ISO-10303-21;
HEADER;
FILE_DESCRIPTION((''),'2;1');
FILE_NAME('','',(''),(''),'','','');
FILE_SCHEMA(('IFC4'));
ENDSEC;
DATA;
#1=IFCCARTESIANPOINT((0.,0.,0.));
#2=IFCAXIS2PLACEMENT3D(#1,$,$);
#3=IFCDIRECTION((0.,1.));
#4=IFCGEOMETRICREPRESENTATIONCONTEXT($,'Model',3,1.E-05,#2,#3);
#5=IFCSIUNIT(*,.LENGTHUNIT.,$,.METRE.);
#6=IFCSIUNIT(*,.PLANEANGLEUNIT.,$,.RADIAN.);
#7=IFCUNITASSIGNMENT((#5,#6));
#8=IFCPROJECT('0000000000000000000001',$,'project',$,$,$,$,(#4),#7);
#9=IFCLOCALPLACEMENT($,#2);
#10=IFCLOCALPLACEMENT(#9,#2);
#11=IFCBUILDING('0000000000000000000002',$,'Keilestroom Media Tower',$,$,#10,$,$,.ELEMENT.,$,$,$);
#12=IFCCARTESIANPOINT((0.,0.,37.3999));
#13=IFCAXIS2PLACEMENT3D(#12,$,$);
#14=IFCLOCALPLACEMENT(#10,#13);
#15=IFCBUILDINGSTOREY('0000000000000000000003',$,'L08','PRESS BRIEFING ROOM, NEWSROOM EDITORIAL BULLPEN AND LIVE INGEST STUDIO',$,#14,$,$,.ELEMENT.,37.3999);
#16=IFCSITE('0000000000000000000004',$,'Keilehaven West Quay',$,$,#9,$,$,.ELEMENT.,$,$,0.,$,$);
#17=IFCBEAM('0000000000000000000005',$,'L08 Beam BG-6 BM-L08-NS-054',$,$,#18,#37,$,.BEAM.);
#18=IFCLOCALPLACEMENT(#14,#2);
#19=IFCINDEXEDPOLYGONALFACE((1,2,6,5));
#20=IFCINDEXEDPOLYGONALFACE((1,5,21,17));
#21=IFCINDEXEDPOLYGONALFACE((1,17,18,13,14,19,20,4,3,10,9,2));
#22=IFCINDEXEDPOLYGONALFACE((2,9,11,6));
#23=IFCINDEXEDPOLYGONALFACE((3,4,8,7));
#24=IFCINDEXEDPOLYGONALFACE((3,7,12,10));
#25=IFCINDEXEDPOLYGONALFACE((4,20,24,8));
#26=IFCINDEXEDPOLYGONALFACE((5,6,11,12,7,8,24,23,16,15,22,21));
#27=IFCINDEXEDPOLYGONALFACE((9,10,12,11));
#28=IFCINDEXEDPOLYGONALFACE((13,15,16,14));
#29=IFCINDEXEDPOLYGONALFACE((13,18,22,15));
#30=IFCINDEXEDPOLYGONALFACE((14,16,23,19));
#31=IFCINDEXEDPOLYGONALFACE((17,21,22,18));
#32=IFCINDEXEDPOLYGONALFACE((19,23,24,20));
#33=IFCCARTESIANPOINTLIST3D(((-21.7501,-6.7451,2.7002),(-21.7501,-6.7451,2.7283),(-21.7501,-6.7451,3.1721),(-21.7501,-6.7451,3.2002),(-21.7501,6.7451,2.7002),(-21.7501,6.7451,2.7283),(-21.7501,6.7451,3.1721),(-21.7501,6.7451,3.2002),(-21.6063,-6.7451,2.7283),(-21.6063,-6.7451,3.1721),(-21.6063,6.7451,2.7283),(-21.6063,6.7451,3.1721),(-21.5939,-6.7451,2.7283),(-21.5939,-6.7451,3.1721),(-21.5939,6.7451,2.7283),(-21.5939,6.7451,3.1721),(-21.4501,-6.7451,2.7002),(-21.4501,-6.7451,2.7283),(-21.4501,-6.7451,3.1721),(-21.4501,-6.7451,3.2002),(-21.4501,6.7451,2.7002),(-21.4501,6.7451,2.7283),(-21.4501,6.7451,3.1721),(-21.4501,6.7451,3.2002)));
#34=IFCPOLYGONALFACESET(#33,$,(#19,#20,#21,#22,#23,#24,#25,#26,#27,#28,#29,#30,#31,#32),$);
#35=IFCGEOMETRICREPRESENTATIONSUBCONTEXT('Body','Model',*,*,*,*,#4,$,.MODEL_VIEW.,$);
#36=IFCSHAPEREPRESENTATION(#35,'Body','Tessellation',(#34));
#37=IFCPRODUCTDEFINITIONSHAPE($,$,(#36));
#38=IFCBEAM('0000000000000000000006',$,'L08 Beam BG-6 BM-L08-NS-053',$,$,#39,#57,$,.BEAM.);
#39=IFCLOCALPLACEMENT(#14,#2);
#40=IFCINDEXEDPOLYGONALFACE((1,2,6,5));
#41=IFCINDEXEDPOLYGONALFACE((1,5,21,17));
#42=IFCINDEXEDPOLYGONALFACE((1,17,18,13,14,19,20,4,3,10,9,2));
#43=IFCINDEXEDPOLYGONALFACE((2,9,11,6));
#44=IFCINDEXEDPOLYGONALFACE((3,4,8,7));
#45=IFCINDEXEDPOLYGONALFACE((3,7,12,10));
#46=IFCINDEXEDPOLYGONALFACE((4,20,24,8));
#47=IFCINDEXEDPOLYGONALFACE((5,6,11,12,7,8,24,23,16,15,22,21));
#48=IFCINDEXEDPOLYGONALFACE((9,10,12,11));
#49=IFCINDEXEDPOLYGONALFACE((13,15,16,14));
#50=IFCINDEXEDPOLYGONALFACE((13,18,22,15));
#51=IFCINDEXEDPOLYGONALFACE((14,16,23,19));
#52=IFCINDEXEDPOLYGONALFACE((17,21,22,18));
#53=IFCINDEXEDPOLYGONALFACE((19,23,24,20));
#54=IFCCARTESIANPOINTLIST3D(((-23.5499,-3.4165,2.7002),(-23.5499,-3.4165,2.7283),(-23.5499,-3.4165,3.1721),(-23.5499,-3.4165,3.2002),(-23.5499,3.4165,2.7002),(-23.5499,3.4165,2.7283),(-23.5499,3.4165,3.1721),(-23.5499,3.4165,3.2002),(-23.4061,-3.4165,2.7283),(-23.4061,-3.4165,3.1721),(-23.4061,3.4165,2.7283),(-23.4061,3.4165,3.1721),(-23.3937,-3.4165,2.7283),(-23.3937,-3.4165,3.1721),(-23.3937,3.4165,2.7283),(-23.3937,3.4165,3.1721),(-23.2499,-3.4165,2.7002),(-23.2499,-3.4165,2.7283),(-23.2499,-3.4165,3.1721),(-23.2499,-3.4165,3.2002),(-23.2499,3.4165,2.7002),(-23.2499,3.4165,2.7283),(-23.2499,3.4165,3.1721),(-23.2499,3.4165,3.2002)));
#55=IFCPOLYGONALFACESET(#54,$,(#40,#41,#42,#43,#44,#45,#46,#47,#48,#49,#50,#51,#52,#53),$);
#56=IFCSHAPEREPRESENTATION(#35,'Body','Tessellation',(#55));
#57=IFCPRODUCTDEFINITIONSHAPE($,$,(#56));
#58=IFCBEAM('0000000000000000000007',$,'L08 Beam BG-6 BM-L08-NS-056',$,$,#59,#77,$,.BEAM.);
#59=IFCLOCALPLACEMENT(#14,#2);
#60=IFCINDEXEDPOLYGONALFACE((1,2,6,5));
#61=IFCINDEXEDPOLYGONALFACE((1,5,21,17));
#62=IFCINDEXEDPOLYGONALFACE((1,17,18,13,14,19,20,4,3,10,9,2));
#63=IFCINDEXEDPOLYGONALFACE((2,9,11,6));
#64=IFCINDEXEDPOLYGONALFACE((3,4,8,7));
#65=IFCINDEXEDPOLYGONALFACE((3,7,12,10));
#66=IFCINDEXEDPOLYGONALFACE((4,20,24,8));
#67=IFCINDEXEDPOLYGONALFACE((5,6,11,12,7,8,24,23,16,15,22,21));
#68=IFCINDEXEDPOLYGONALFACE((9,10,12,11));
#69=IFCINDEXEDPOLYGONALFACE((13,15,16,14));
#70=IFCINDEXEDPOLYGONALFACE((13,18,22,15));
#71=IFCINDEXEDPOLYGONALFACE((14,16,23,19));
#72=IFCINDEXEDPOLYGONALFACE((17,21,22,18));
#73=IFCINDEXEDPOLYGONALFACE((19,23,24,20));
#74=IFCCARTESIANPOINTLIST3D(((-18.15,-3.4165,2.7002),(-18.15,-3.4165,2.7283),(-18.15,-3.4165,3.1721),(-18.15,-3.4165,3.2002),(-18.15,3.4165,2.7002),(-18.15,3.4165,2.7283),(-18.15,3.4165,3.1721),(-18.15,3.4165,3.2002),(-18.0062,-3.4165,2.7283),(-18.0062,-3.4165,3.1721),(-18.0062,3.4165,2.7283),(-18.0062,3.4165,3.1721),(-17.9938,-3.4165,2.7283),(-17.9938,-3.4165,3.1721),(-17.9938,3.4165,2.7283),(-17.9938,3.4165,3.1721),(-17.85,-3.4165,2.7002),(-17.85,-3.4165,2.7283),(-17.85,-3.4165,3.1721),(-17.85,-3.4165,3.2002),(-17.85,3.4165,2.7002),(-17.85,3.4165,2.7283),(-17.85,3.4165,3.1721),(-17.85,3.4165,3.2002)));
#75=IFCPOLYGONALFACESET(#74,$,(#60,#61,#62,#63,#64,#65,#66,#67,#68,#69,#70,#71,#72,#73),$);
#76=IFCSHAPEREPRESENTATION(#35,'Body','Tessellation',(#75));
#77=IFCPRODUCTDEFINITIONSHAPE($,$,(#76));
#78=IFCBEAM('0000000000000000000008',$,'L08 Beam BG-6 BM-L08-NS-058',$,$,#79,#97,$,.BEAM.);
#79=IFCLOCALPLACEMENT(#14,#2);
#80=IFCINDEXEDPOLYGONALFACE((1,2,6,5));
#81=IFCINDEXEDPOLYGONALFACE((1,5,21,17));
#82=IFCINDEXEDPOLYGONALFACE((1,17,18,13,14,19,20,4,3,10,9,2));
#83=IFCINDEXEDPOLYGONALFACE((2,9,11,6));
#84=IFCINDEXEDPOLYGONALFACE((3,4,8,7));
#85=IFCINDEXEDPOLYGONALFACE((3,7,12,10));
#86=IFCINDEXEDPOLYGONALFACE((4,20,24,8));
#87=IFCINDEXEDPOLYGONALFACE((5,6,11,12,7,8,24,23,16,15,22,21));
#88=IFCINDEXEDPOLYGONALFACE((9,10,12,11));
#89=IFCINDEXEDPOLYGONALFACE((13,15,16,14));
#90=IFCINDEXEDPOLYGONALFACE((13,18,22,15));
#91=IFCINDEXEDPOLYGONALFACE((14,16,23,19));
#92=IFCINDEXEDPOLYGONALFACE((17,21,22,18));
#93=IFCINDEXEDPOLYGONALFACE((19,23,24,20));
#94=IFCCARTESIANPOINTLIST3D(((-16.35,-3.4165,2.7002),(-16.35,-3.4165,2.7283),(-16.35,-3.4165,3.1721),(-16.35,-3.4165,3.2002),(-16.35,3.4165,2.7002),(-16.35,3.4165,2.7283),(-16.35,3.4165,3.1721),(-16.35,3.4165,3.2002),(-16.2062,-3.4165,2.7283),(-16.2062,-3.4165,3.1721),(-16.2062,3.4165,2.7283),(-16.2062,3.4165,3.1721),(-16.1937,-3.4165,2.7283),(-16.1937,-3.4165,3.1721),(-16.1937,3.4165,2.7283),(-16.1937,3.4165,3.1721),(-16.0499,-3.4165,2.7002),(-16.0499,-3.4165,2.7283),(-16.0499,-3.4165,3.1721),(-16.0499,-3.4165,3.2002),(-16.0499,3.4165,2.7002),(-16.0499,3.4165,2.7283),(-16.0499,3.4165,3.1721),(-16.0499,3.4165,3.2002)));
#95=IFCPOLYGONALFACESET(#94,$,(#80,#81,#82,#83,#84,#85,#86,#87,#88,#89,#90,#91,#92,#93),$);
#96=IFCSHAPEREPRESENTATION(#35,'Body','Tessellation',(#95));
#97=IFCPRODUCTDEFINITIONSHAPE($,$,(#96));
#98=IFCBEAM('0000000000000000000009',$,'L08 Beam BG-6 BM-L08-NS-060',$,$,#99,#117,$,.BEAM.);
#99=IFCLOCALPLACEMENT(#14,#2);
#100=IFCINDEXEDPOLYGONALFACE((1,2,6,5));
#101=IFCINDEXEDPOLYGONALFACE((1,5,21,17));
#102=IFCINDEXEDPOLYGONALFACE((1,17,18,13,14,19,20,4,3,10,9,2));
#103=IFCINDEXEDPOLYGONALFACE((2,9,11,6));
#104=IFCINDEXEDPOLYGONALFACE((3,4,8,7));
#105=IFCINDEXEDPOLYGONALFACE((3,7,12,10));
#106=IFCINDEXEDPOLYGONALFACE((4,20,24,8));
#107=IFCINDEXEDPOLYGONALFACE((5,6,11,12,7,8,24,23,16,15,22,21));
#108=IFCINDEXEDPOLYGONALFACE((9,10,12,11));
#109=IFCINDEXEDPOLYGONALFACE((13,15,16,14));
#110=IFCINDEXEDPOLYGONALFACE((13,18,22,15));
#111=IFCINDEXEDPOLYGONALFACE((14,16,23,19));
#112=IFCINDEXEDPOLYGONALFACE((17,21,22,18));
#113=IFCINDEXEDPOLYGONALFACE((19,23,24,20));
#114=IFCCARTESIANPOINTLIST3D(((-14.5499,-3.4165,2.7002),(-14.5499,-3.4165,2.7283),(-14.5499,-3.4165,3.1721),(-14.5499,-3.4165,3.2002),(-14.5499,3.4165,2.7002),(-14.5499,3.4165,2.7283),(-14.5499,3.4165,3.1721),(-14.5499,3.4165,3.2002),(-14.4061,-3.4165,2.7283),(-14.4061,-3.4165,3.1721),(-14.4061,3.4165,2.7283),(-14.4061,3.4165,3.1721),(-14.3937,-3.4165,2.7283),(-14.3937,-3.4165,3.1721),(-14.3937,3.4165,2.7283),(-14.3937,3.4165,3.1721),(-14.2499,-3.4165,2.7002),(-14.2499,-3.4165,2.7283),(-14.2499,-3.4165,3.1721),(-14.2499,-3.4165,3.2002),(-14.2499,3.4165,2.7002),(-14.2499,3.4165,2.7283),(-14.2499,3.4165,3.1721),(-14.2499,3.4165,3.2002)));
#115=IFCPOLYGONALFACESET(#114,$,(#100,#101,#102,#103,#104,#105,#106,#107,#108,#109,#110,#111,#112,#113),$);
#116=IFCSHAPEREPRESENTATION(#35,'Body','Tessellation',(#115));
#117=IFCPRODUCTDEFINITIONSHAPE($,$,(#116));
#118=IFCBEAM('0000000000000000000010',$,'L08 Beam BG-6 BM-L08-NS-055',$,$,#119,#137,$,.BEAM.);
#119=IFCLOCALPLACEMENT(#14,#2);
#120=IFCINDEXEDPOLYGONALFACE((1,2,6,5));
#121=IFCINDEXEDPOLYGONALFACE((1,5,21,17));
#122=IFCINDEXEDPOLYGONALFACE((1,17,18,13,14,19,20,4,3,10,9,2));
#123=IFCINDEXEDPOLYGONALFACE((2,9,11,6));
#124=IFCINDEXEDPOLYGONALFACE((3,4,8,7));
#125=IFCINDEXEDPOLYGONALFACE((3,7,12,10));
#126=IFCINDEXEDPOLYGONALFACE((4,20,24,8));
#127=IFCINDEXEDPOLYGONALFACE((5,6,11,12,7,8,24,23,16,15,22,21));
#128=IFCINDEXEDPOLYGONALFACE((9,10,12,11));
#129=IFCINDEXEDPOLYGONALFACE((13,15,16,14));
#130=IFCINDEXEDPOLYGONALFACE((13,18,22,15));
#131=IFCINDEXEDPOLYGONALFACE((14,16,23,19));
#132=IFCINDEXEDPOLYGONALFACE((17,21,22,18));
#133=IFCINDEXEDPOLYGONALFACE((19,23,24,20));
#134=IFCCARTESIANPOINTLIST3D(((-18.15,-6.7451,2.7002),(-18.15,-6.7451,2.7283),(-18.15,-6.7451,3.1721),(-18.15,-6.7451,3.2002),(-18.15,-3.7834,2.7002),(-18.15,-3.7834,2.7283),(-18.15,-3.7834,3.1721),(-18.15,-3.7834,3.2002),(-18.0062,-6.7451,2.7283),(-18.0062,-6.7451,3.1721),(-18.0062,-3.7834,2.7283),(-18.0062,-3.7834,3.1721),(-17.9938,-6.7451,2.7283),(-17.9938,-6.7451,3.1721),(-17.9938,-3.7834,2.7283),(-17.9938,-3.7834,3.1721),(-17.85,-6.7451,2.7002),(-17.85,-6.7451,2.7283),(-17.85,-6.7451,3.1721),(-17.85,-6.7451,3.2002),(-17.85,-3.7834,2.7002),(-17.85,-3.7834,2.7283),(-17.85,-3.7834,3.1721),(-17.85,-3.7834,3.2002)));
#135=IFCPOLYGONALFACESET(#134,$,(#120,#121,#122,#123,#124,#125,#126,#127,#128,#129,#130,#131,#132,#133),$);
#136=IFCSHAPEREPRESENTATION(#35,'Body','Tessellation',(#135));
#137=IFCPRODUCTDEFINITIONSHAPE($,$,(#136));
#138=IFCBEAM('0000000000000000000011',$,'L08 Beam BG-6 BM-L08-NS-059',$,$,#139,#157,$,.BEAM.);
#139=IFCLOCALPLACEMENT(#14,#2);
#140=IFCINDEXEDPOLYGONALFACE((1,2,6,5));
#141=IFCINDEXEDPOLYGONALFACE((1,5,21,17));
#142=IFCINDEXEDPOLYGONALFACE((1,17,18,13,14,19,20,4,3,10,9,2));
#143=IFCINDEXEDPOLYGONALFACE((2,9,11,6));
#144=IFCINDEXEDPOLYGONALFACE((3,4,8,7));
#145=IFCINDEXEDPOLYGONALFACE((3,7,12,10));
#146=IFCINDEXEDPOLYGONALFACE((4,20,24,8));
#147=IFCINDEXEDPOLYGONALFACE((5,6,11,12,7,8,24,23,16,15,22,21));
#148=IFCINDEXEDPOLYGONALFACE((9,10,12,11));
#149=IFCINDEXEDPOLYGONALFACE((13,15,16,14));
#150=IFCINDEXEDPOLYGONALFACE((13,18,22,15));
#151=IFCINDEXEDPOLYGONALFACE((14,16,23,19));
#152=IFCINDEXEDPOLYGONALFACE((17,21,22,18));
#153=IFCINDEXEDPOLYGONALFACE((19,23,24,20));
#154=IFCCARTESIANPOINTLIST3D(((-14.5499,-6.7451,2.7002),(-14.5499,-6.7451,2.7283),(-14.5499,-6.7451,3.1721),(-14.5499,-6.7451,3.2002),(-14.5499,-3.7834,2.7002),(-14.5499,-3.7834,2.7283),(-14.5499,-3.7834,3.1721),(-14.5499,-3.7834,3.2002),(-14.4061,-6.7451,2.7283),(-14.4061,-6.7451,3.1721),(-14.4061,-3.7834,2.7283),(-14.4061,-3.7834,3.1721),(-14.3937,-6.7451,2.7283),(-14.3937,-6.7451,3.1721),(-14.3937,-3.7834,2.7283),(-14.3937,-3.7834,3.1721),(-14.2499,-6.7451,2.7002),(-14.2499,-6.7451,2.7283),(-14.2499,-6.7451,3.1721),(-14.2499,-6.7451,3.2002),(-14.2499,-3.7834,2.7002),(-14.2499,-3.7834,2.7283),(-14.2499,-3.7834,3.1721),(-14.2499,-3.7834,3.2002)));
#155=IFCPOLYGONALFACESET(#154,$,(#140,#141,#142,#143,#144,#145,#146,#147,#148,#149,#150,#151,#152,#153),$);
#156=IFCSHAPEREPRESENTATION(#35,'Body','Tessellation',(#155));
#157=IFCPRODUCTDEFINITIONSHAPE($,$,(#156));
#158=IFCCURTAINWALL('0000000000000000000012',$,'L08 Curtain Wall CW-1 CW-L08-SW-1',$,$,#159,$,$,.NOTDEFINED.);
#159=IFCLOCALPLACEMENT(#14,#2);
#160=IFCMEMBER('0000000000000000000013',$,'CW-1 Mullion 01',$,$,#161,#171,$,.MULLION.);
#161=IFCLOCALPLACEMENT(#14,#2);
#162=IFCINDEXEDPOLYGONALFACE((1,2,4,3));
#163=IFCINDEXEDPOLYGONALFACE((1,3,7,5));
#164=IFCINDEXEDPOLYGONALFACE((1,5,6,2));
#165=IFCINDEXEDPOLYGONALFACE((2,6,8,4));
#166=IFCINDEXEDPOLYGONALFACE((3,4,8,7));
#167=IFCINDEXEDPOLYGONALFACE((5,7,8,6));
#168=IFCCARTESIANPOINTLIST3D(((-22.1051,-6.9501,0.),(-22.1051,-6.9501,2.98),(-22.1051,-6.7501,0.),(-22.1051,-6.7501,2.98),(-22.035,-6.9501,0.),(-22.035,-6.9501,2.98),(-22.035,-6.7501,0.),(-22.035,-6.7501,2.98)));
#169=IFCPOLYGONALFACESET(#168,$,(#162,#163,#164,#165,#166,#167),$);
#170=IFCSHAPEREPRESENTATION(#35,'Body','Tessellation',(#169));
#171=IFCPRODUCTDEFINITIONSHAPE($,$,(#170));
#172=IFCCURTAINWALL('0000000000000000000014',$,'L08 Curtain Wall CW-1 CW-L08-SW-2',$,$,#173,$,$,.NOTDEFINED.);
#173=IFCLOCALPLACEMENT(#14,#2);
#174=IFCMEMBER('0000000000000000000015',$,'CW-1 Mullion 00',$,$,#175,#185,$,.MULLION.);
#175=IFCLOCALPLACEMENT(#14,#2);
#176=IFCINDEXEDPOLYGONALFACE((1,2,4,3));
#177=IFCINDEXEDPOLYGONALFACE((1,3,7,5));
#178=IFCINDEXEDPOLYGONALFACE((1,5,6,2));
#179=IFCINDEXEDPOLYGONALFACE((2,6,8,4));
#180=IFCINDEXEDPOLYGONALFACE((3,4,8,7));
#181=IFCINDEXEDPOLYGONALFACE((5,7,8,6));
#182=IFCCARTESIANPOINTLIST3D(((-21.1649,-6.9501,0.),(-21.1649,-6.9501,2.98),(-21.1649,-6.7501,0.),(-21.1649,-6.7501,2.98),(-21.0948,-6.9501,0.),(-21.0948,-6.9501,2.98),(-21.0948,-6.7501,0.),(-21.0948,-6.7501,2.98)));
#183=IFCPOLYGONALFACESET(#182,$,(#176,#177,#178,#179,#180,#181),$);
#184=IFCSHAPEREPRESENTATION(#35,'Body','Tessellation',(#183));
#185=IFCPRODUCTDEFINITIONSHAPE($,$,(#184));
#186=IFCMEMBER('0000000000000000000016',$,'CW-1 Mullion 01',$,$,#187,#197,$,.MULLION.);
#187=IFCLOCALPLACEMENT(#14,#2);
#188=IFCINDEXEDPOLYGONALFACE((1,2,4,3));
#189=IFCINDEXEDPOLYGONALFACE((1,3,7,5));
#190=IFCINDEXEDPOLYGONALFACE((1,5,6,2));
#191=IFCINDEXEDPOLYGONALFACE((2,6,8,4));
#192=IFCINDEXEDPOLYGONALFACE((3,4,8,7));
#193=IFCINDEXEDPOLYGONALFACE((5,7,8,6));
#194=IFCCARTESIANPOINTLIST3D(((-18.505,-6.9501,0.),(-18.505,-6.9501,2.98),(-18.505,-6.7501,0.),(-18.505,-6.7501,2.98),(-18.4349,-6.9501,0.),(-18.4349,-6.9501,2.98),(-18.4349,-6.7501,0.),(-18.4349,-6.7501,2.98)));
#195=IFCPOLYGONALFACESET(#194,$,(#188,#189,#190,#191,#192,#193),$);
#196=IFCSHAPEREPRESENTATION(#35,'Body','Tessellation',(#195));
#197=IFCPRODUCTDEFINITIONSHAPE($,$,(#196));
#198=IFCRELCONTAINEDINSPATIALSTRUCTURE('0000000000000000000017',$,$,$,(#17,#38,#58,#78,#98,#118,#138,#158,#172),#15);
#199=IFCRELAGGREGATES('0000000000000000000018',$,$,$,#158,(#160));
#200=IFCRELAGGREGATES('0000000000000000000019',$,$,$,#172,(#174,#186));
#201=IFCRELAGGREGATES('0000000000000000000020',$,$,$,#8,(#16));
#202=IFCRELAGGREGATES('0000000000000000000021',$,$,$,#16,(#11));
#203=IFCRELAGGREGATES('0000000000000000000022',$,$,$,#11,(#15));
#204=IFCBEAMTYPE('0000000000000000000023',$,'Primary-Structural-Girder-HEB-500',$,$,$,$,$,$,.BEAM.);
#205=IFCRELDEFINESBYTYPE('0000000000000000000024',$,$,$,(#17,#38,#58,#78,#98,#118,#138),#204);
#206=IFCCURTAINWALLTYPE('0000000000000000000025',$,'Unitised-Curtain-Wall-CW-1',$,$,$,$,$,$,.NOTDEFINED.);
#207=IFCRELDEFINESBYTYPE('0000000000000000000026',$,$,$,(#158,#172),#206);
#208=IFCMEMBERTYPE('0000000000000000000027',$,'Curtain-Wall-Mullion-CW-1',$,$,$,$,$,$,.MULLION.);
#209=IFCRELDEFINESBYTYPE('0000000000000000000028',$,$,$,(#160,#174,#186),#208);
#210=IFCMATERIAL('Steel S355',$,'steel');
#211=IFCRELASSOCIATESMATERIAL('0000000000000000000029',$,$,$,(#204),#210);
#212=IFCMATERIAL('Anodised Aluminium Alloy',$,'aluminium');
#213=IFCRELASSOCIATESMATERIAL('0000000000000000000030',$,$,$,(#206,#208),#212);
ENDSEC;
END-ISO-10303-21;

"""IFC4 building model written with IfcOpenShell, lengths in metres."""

from ifc_helpers import new_model, si_unit, direction, frame, origin, origin_2d, place, context, subcontext, project, spatial, rectangle, i_section, extrude, source, transform, mapped, material, material_profile, profile_set, type_object, element, aggregate, save


model = new_model("IFC4")

# Units and contexts
model_context = context("Model", 3, precision=1e-05, world=origin(), true_north=direction((0.0, 1.0)))
body_context = subcontext(model_context, "Body", "Model", "MODEL_VIEW")
ifc_project = project(units=[si_unit("LENGTHUNIT", "METRE"), si_unit("PLANEANGLEUNIT", "RADIAN")], contexts=[model_context])

# Site, building, storey
site_placement = place(None, origin())
site = spatial("IfcSite", under=ifc_project, at=site_placement, Name="Keilehaven West Quay", CompositionType="ELEMENT", RefElevation=0.0)
building_placement = place(site_placement, origin())
building = spatial("IfcBuilding", under=site, at=building_placement, Name="Keilestroom Media Tower", CompositionType="ELEMENT")
storey_placement = place(building_placement, frame((0.0, 0.0, 37.3999)))
storey = spatial("IfcBuildingStorey", under=building, at=storey_placement, Name="L08", Description="PRESS BRIEFING ROOM, NEWSROOM EDITORIAL BULLPEN AND LIVE INGEST STUDIO", CompositionType="ELEMENT", Elevation=37.3999)

# Beams
ifc_material_1 = material(Name="Steel S355", Category="steel")
ifc_material_profile_1 = material_profile(ifc_material_1, i_section(OverallWidth=0.3, OverallDepth=0.5, WebThickness=0.0125, FlangeThickness=0.0281, at=origin_2d()), Name="HEB 500")
ifc_profile_set_1 = profile_set([ifc_material_profile_1], Name="Steel S355")
beam_type_1 = type_object("IfcBeamType", Name="Primary-Structural-Girder-HEB-500", PredefinedType="BEAM", material=ifc_profile_set_1)
shared_shape_1 = source(origin(), body_context, "Body", "SweptSolid", [
    extrude(i_section(OverallWidth=0.3, OverallDepth=0.5, WebThickness=0.0125, FlangeThickness=0.0281, at=origin_2d()), origin(), (0.0, 0.0, 1.0), 13.4902),
])
beam_1_placement = place(storey_placement, frame((-21.6001, -6.7451, 2.9502), z_axis=(0.0, 1.0, 0.0), x_axis=(-1.0, 0.0, 0.0)))
element("IfcBeam", 1, at=beam_1_placement, inside=storey, type_object=beam_type_1, Name="L08 Beam BG-6 BM-L08-NS-054", PredefinedType="BEAM", context=body_context, shape_type="MappedRepresentation", body=[
    mapped(shared_shape_1, transform((0.0, 0.0, 0.0), x_axis=(1.0, 0.0, 0.0), y_axis=(0.0, 1.0, 0.0), z_axis=(0.0, 0.0, 1.0), scale=1.0)),
])
shared_shape_2 = source(origin(), body_context, "Body", "SweptSolid", [
    extrude(i_section(OverallWidth=0.3, OverallDepth=0.5, WebThickness=0.0125, FlangeThickness=0.0281, at=origin_2d()), origin(), (0.0, 0.0, 1.0), 6.833),
])
for number, where, z_axis, x_axis, name in (
    (2, (-23.3999, -3.4165, 2.9502), (0.0, 1.0, 0.0), (-1.0, 0.0, 0.0), "L08 Beam BG-6 BM-L08-NS-053"),
    (3, (-18.0, -3.4165, 2.9502), (0.0, 1.0, 0.0), (-1.0, 0.0, 0.0), "L08 Beam BG-6 BM-L08-NS-056"),
    (4, (-16.2, -3.4165, 2.9502), (0.0, 1.0, 0.0), (-1.0, 0.0, 0.0), "L08 Beam BG-6 BM-L08-NS-058"),
    (5, (-14.3999, -3.4165, 2.9502), (0.0, 1.0, 0.0), (-1.0, 0.0, 0.0), "L08 Beam BG-6 BM-L08-NS-060"),
):
    element("IfcBeam", number, at=place(storey_placement, frame(where, z_axis=z_axis, x_axis=x_axis)), inside=storey, type_object=beam_type_1, Name=name, PredefinedType="BEAM", context=body_context, shape_type="MappedRepresentation", body=[
        mapped(shared_shape_2, transform((0.0, 0.0, 0.0), x_axis=(1.0, 0.0, 0.0), y_axis=(0.0, 1.0, 0.0), z_axis=(0.0, 0.0, 1.0), scale=1.0)),
    ])
shared_shape_3 = source(origin(), body_context, "Body", "SweptSolid", [
    extrude(i_section(OverallWidth=0.3, OverallDepth=0.5, WebThickness=0.0125, FlangeThickness=0.0281, at=origin_2d()), origin(), (0.0, 0.0, 1.0), 2.9617),
])
for number, where, z_axis, x_axis, name in (
    (6, (-18.0, -6.7451, 2.9502), (0.0, 1.0, 0.0), (-1.0, 0.0, 0.0), "L08 Beam BG-6 BM-L08-NS-055"),
    (7, (-14.3999, -6.7451, 2.9502), (0.0, 1.0, 0.0), (-1.0, 0.0, 0.0), "L08 Beam BG-6 BM-L08-NS-059"),
):
    element("IfcBeam", number, at=place(storey_placement, frame(where, z_axis=z_axis, x_axis=x_axis)), inside=storey, type_object=beam_type_1, Name=name, PredefinedType="BEAM", context=body_context, shape_type="MappedRepresentation", body=[
        mapped(shared_shape_3, transform((0.0, 0.0, 0.0), x_axis=(1.0, 0.0, 0.0), y_axis=(0.0, 1.0, 0.0), z_axis=(0.0, 0.0, 1.0), scale=1.0)),
    ])

# Curtain wall, member
ifc_material_2 = material(Name="Anodised Aluminium Alloy", Category="aluminium")
curtain_wall_type = type_object("IfcCurtainWallType", Name="Unitised-Curtain-Wall-CW-1", PredefinedType="NOTDEFINED", material=ifc_material_2)
curtain_wall_1_placement = place(storey_placement, origin())
curtain_wall_1 = element("IfcCurtainWall", 8, at=curtain_wall_1_placement, inside=storey, type_object=curtain_wall_type, Name="L08 Curtain Wall CW-1 CW-L08-SW-1", PredefinedType="NOTDEFINED")
ifc_material_profile_2 = material_profile(ifc_material_2, rectangle(XDim=0.0701, YDim=0.2, at=origin_2d()), Name="ALU MULLION 70x200")
ifc_profile_set_2 = profile_set([ifc_material_profile_2], Name="Anodised Aluminium Alloy")
member_type_1 = type_object("IfcMemberType", Name="Curtain-Wall-Mullion-CW-1", PredefinedType="MULLION", material=ifc_profile_set_2)
shared_shape_4 = source(origin(), body_context, "Body", "SweptSolid", [
    extrude(rectangle(XDim=0.0701, YDim=0.2, at=origin_2d()), origin(), (0.0, 0.0, 1.0), 2.98),
])
member_1_placement = place(storey_placement, frame((-22.0701, -6.8501, 0.0), z_axis=(0.0, 0.0, 1.0), x_axis=(1.0, 0.0, 0.0)))
member_1 = element("IfcMember", 9, at=member_1_placement, type_object=member_type_1, Name="CW-1 Mullion 01", PredefinedType="MULLION", context=body_context, shape_type="MappedRepresentation", body=[
    mapped(shared_shape_4, transform((0.0, 0.0, 0.0), x_axis=(1.0, 0.0, 0.0), y_axis=(0.0, 1.0, 0.0), z_axis=(0.0, 0.0, 1.0), scale=1.0)),
])
aggregate(curtain_wall_1, [member_1])

# Curtain wall, members
curtain_wall_2_placement = place(storey_placement, origin())
curtain_wall_2 = element("IfcCurtainWall", 10, at=curtain_wall_2_placement, inside=storey, type_object=curtain_wall_type, Name="L08 Curtain Wall CW-1 CW-L08-SW-2", PredefinedType="NOTDEFINED")
member_2_placement = place(storey_placement, frame((-21.1299, -6.8501, 0.0), z_axis=(0.0, 0.0, 1.0), x_axis=(1.0, 0.0, 0.0)))
member_2 = element("IfcMember", 11, at=member_2_placement, type_object=member_type_1, Name="CW-1 Mullion 00", PredefinedType="MULLION", context=body_context, shape_type="MappedRepresentation", body=[
    mapped(shared_shape_4, transform((0.0, 0.0, 0.0), x_axis=(1.0, 0.0, 0.0), y_axis=(0.0, 1.0, 0.0), z_axis=(0.0, 0.0, 1.0), scale=1.0)),
])
member_3_placement = place(storey_placement, frame((-18.47, -6.8501, 0.0), z_axis=(0.0, 0.0, 1.0), x_axis=(1.0, 0.0, 0.0)))
member_3 = element("IfcMember", 12, at=member_3_placement, type_object=member_type_1, Name="CW-1 Mullion 01", PredefinedType="MULLION", context=body_context, shape_type="MappedRepresentation", body=[
    mapped(shared_shape_4, transform((0.0, 0.0, 0.0), x_axis=(1.0, 0.0, 0.0), y_axis=(0.0, 1.0, 0.0), z_axis=(0.0, 0.0, 1.0), scale=1.0)),
])

aggregate(curtain_wall_2, [member_2, member_3])

save(model, "model.ifc")
